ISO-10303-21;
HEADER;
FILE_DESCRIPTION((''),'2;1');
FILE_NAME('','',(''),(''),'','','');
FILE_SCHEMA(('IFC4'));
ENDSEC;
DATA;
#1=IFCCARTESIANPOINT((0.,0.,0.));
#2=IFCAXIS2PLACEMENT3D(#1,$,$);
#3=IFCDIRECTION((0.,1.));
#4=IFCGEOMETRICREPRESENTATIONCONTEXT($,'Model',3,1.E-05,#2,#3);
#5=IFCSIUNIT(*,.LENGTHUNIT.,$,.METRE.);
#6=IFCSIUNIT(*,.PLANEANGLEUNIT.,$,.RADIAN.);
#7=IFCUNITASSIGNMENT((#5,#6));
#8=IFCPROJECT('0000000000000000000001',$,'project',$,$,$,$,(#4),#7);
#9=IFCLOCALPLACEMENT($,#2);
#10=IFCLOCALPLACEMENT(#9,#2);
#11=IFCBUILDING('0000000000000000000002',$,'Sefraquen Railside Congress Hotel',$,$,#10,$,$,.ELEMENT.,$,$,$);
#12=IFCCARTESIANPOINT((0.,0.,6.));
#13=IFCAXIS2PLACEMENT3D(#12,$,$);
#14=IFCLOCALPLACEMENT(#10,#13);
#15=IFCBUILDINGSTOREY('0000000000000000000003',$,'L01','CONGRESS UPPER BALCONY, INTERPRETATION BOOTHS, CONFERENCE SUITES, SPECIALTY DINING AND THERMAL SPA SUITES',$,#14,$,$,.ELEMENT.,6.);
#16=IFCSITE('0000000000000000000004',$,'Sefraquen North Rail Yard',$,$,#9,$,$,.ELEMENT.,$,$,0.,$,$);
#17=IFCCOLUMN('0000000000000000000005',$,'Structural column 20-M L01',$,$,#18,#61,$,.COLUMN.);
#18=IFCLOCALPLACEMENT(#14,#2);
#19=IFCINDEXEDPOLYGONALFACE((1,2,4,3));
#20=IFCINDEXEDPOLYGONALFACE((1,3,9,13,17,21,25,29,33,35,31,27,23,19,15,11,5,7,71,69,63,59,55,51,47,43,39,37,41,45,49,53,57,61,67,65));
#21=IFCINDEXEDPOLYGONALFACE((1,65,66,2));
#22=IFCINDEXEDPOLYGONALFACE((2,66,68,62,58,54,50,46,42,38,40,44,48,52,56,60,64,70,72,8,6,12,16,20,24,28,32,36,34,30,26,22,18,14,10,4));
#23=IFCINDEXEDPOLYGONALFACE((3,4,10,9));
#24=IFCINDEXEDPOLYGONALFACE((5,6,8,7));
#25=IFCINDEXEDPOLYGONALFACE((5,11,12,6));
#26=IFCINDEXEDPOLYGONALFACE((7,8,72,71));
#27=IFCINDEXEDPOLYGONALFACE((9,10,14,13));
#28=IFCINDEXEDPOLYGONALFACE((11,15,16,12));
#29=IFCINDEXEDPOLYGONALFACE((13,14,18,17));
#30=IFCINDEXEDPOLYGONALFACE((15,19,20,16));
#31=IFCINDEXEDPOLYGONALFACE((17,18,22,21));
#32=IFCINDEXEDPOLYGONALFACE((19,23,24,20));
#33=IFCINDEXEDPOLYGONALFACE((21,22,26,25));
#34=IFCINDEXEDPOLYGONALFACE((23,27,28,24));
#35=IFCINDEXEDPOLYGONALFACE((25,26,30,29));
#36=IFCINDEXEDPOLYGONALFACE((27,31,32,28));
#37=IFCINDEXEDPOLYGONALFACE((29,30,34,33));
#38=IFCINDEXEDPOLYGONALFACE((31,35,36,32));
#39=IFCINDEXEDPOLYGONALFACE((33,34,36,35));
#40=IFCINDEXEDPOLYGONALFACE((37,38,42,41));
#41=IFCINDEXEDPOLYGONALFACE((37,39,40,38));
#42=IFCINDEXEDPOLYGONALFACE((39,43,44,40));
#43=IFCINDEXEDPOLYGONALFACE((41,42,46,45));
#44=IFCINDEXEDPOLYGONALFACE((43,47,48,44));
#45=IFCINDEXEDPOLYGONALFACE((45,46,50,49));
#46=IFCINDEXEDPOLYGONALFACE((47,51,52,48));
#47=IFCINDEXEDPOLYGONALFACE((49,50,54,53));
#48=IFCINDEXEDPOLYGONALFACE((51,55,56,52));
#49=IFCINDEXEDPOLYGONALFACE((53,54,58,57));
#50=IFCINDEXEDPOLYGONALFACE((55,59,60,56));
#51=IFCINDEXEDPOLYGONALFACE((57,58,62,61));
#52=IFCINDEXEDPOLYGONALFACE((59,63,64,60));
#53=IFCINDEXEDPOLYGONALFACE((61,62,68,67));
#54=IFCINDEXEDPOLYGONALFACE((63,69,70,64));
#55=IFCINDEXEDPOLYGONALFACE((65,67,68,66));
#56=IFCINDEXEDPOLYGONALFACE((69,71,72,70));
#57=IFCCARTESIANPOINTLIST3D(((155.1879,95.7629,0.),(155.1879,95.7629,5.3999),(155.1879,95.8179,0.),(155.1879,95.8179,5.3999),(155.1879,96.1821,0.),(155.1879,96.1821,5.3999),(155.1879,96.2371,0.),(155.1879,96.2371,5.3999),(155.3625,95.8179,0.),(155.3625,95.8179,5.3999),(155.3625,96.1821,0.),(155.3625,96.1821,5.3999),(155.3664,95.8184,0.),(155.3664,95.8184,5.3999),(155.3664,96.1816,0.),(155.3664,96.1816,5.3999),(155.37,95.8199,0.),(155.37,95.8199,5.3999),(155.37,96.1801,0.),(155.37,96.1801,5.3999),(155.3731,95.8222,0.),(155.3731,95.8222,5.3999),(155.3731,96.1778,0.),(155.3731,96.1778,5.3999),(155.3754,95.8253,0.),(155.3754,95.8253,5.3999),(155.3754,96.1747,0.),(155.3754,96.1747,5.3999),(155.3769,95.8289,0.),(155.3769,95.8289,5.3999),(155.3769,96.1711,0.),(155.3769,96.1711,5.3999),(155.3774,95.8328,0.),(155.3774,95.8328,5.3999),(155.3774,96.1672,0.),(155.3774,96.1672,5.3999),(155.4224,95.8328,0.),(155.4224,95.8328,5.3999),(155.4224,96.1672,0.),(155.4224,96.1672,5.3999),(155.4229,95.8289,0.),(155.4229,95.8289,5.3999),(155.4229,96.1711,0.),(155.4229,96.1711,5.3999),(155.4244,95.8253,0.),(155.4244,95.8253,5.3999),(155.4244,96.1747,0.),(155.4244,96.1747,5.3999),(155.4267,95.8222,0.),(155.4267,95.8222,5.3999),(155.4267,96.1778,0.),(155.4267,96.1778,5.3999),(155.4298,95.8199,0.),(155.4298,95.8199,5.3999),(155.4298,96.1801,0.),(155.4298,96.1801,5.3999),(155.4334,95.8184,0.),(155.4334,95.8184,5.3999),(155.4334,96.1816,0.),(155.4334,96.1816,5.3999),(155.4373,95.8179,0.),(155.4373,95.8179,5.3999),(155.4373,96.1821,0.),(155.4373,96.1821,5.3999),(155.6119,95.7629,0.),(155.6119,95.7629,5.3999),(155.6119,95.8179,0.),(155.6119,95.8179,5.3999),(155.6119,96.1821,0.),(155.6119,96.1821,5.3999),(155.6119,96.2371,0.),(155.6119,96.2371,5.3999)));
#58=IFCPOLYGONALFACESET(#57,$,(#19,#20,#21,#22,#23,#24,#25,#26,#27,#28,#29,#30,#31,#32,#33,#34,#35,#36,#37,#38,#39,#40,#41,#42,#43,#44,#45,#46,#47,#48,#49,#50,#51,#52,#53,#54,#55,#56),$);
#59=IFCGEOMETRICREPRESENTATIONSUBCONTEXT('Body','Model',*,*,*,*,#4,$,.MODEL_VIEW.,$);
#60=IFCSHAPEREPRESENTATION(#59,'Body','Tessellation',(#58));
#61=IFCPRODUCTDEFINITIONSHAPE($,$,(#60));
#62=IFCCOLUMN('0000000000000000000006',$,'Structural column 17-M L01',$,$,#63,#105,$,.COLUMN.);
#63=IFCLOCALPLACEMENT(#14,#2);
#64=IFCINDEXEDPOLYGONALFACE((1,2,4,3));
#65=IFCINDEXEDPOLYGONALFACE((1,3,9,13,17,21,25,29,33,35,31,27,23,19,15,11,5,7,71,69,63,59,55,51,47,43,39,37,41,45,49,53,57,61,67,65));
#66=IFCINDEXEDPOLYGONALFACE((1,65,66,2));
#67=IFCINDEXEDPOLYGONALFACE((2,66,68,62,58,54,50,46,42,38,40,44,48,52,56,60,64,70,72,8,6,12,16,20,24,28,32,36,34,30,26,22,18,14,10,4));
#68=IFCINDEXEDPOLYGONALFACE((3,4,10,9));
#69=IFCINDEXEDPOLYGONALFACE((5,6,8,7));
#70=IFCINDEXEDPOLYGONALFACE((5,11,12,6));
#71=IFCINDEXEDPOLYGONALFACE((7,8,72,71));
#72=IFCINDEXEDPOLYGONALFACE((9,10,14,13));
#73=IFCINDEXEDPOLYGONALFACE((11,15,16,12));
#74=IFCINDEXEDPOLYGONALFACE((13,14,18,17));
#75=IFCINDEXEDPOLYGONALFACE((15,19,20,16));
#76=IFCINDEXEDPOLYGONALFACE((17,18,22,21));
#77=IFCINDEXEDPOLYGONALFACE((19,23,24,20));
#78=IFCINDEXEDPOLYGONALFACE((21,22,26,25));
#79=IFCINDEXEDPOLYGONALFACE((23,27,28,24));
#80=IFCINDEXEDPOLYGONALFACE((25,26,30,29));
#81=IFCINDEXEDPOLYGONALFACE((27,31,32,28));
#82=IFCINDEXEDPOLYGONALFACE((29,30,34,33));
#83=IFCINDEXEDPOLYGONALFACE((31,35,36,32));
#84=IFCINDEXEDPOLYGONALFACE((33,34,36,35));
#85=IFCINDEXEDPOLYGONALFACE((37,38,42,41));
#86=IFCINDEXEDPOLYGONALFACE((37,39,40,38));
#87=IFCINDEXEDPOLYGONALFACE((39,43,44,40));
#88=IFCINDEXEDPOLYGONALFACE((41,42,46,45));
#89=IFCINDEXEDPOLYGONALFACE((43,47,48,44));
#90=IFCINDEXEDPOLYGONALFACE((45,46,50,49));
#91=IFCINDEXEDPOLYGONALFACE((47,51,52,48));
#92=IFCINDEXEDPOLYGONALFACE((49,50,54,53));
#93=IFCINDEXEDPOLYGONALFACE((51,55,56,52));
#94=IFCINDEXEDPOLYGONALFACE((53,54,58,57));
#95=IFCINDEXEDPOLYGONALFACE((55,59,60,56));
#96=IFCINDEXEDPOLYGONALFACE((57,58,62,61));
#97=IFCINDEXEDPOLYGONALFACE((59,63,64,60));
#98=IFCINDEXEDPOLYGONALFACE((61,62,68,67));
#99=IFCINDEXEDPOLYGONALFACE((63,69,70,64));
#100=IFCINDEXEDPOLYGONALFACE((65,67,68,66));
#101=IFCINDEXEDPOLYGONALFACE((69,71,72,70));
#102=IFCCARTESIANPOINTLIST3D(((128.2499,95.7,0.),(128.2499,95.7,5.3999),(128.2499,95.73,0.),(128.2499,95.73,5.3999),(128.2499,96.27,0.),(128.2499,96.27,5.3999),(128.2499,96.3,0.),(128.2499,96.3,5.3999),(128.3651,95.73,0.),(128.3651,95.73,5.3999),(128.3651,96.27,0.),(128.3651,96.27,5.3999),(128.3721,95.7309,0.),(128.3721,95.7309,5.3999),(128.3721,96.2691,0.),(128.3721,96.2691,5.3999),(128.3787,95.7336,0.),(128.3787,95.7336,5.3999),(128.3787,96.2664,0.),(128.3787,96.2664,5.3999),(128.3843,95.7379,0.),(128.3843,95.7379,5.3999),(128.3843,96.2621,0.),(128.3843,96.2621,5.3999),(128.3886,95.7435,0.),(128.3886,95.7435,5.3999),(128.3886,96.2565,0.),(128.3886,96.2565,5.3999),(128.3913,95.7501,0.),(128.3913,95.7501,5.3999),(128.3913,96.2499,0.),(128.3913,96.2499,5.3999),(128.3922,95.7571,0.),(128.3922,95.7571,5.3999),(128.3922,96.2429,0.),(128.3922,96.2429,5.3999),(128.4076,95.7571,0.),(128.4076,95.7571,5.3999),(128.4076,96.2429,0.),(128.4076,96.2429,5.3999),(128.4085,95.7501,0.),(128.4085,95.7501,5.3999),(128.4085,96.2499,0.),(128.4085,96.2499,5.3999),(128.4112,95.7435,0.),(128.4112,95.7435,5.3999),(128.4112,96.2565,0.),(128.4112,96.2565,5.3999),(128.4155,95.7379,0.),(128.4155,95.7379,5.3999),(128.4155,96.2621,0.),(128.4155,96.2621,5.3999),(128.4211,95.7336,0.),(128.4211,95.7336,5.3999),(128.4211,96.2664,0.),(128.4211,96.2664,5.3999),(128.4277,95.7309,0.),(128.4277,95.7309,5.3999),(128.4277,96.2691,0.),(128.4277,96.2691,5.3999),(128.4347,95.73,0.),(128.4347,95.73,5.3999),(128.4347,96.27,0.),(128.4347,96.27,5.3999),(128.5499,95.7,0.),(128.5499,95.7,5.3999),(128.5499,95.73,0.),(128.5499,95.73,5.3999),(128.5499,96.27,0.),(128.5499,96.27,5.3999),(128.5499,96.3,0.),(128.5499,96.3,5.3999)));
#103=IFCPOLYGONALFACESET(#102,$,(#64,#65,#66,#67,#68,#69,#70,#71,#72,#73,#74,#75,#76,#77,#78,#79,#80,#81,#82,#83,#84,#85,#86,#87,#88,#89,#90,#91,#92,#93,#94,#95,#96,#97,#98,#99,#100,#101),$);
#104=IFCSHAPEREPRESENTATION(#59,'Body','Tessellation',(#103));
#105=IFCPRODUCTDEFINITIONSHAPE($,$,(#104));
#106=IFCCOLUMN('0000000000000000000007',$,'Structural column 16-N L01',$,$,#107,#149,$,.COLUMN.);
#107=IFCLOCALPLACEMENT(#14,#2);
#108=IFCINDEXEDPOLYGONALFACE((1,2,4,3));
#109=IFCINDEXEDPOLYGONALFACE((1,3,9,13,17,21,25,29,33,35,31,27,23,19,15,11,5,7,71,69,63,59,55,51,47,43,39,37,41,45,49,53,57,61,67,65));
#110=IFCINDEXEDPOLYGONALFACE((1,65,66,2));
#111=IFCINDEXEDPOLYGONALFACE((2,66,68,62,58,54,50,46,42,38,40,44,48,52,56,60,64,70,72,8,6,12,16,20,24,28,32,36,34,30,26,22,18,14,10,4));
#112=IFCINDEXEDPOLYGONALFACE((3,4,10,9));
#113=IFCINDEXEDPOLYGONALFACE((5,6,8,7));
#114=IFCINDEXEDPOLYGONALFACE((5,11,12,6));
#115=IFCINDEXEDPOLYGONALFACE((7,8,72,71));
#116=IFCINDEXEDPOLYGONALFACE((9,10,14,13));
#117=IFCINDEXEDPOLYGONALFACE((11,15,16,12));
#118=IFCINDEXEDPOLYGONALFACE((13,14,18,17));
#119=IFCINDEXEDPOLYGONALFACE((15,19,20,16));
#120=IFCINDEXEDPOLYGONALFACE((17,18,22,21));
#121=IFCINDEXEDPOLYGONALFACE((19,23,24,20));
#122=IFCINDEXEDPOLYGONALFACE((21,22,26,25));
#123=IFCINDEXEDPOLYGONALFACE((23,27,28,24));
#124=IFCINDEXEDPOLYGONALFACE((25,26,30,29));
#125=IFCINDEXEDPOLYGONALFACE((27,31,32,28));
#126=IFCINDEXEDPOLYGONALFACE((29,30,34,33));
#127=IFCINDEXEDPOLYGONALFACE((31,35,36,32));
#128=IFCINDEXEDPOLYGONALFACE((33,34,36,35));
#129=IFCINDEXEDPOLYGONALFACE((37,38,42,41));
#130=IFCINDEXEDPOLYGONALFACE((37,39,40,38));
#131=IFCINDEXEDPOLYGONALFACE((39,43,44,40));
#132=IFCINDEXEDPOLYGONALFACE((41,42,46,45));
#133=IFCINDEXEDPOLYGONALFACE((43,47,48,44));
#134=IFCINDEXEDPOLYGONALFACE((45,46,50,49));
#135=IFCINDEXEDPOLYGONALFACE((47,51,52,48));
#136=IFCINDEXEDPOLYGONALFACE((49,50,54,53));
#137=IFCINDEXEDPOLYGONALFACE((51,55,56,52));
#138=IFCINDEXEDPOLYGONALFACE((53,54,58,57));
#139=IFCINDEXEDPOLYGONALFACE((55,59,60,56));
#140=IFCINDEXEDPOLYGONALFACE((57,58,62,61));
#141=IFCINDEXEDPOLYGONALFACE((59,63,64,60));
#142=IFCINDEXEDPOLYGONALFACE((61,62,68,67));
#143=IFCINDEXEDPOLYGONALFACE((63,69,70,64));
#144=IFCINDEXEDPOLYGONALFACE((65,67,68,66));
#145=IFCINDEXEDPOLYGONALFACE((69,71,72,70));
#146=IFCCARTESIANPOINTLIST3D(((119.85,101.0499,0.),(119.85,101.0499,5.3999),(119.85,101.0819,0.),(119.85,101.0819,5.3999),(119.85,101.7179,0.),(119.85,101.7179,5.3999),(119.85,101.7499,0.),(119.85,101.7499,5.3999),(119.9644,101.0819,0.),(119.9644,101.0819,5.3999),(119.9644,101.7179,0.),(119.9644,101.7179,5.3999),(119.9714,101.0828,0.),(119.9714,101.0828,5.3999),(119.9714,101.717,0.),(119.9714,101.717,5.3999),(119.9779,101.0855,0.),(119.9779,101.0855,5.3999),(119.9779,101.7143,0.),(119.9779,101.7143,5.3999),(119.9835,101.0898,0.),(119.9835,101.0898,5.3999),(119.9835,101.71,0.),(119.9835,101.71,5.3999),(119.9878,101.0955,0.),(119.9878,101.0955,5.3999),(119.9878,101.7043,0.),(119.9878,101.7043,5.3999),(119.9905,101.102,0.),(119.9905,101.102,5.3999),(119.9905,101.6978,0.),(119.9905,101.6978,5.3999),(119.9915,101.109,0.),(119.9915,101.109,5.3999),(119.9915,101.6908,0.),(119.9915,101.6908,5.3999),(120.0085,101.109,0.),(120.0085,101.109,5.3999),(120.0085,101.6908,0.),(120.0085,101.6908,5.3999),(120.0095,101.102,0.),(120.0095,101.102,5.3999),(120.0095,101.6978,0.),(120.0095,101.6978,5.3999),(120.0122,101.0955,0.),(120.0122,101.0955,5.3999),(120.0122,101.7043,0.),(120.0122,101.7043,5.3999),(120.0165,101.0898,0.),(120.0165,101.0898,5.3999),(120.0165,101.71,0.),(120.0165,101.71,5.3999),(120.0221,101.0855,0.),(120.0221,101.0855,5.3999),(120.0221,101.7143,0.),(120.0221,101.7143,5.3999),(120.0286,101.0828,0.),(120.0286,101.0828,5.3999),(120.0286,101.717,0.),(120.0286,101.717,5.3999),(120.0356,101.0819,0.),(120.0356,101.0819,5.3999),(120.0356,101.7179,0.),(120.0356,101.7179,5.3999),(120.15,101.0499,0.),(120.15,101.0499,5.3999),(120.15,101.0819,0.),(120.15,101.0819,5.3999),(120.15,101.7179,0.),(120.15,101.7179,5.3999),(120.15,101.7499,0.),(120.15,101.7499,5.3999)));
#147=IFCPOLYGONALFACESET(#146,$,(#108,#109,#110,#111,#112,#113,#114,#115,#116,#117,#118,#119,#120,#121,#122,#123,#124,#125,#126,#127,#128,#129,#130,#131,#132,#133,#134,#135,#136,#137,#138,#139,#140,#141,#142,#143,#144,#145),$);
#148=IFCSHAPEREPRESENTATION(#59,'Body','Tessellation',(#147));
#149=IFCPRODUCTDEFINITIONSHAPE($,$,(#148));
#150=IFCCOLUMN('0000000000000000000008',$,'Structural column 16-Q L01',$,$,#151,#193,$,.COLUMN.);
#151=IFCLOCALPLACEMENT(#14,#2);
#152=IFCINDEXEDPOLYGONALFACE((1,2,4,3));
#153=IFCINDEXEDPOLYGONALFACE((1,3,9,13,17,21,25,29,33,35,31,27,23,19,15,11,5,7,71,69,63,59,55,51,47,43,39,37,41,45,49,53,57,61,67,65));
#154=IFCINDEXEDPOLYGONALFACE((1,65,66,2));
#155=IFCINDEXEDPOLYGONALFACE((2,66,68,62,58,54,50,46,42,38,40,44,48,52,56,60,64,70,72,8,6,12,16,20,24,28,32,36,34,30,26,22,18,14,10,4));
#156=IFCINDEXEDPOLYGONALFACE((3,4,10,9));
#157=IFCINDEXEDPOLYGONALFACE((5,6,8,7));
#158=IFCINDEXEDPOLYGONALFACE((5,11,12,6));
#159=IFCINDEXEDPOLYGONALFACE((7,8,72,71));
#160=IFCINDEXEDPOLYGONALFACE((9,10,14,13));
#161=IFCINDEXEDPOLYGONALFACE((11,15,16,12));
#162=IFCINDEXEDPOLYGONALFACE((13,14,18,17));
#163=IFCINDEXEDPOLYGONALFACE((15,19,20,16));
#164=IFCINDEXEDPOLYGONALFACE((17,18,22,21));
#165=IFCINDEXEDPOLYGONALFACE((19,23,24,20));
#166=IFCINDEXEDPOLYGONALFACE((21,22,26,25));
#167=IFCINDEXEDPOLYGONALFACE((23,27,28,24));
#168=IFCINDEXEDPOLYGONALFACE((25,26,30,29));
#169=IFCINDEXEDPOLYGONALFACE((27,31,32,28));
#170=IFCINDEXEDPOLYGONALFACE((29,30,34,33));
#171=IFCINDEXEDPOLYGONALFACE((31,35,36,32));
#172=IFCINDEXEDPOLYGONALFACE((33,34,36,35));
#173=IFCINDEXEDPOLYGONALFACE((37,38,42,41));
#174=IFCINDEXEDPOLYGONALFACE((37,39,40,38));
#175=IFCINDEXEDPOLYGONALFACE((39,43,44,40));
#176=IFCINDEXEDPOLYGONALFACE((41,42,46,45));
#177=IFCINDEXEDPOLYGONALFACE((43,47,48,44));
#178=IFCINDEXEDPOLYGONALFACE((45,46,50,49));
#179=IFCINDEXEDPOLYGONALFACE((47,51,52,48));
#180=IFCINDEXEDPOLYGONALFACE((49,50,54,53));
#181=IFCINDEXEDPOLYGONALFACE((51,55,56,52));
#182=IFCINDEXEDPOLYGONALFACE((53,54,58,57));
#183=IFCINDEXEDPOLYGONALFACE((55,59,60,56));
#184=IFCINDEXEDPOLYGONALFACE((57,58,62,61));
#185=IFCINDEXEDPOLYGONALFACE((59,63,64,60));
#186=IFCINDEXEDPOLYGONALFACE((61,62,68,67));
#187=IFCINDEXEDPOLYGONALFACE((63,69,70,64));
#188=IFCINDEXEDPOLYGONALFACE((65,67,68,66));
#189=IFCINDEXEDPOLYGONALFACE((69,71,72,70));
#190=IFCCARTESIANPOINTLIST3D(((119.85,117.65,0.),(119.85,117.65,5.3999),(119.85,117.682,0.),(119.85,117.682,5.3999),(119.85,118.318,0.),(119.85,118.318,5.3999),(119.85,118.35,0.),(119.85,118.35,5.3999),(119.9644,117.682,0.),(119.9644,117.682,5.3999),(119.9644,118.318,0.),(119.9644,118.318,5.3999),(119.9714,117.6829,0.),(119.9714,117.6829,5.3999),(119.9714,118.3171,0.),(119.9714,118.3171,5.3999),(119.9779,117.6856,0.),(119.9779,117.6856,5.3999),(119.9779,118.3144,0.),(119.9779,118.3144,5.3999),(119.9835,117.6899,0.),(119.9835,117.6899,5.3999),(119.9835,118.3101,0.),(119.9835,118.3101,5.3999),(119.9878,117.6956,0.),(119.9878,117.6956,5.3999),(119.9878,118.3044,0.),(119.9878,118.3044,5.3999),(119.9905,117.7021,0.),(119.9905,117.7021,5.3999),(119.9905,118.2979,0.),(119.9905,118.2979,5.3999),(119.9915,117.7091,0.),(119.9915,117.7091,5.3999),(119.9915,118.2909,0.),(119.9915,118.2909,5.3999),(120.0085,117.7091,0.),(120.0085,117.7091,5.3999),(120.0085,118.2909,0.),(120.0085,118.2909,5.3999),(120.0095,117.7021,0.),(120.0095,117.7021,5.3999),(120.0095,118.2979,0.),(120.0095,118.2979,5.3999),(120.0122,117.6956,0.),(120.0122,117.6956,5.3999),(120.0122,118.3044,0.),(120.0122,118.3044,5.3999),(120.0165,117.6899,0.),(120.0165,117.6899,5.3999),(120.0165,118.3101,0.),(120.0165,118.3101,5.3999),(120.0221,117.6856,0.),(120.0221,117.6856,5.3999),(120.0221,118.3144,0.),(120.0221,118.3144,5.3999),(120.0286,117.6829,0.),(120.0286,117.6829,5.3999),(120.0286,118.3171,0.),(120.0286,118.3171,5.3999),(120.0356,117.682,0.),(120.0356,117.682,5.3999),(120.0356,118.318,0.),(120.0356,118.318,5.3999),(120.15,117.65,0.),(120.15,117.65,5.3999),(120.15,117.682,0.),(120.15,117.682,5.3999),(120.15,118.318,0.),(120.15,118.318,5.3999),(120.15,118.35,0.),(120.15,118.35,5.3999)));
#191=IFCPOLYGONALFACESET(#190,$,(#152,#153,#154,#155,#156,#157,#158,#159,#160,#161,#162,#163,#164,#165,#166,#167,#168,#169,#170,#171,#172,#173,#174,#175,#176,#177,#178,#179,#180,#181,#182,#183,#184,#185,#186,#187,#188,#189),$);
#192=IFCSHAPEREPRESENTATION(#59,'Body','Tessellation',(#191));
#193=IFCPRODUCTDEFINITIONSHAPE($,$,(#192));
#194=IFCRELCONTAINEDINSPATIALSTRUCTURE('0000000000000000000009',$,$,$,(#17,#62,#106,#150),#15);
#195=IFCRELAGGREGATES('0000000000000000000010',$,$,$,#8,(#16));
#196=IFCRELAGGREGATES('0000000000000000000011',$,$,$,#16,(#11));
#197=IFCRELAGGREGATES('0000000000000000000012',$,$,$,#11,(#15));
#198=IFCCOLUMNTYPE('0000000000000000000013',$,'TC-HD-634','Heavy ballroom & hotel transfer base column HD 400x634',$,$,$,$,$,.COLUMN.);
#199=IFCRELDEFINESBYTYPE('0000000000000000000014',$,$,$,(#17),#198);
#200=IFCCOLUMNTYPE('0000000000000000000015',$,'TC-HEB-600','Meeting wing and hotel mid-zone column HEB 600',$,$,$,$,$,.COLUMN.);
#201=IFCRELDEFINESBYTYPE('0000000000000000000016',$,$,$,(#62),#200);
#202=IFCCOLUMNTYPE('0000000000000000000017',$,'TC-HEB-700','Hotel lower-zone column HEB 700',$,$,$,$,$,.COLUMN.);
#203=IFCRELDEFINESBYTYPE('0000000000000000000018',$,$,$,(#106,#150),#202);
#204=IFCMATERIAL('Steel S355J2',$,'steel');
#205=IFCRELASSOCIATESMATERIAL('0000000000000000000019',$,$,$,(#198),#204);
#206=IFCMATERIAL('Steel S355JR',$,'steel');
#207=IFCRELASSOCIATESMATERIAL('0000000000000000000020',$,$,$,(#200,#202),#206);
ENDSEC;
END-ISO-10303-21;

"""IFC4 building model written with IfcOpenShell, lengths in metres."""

from ifc_helpers import new_model, si_unit, direction, frame, origin, origin_2d, place, context, subcontext, project, spatial, i_section, extrude, material, material_profile, profile_set, type_object, element, save


model = new_model("IFC4")

# Units and contexts
model_context = context("Model", 3, precision=1e-05, world=origin(), true_north=direction((0.0, 1.0)))
body_context = subcontext(model_context, "Body", "Model", "MODEL_VIEW")
ifc_project = project(units=[si_unit("LENGTHUNIT", "METRE"), si_unit("PLANEANGLEUNIT", "RADIAN")], contexts=[model_context])

# Site, building, storey
site_placement = place(None, origin())
site = spatial("IfcSite", under=ifc_project, at=site_placement, Name="Sefraquen North Rail Yard", CompositionType="ELEMENT", RefElevation=0.0)
building_placement = place(site_placement, origin())
building = spatial("IfcBuilding", under=site, at=building_placement, Name="Sefraquen Railside Congress Hotel", CompositionType="ELEMENT")
storey_placement = place(building_placement, frame((0.0, 0.0, 6.0)))
storey = spatial("IfcBuildingStorey", under=building, at=storey_placement, Name="L01", Description="CONGRESS UPPER BALCONY, INTERPRETATION BOOTHS, CONFERENCE SUITES, SPECIALTY DINING AND THERMAL SPA SUITES", CompositionType="ELEMENT", Elevation=6.0)

# Columns
ifc_material_1 = material(Name="Steel S355J2", Category="steel")
ifc_material_profile_1 = material_profile(ifc_material_1, i_section(OverallWidth=0.4241, OverallDepth=0.4741, WebThickness=0.0449, FlangeThickness=0.0549, FilletRadius=0.0149, at=origin_2d()), Name="HD 400x634")
ifc_profile_set_1 = profile_set([ifc_material_profile_1], Name="Steel S355J2")
column_type_1 = type_object("IfcColumnType", Name="TC-HD-634", Description="Heavy ballroom & hotel transfer base column HD 400x634", PredefinedType="COLUMN", material=ifc_profile_set_1)
for number, where, z_axis, x_axis, name in (
    (1, (155.3999, 96.0, 0.0), (0.0, 0.0, 1.0), (1.0, 0.0, 0.0), "Structural column 20-M L01"),
):
    element("IfcColumn", number, at=place(storey_placement, frame(where, z_axis=z_axis, x_axis=x_axis)), inside=storey, type_object=column_type_1, Name=name, PredefinedType="COLUMN", context=body_context, shape_type="SweptSolid", body=[
        extrude(i_section(OverallWidth=0.4241, OverallDepth=0.4741, WebThickness=0.0449, FlangeThickness=0.0549, FilletRadius=0.0149, at=origin_2d()), origin(), (0.0, 0.0, 1.0), 5.3999),
    ])
ifc_material_2 = material(Name="Steel S355JR", Category="steel")
ifc_material_profile_2 = material_profile(ifc_material_2, i_section(OverallWidth=0.3, OverallDepth=0.6001, WebThickness=0.0154, FlangeThickness=0.03, FilletRadius=0.0271, at=origin_2d()), Name="HEB 600")
ifc_profile_set_2 = profile_set([ifc_material_profile_2], Name="Steel S355JR")
column_type_2 = type_object("IfcColumnType", Name="TC-HEB-600", Description="Meeting wing and hotel mid-zone column HEB 600", PredefinedType="COLUMN", material=ifc_profile_set_2)
column_placement = place(storey_placement, frame((128.3999, 96.0, 0.0), z_axis=(0.0, 0.0, 1.0), x_axis=(1.0, 0.0, 0.0)))
element("IfcColumn", 2, at=column_placement, inside=storey, type_object=column_type_2, Name="Structural column 17-M L01", PredefinedType="COLUMN", context=body_context, shape_type="SweptSolid", body=[
    extrude(i_section(OverallWidth=0.3, OverallDepth=0.6001, WebThickness=0.0154, FlangeThickness=0.03, FilletRadius=0.0271, at=origin_2d()), origin(), (0.0, 0.0, 1.0), 5.3999),
])
ifc_material_profile_3 = material_profile(ifc_material_2, i_section(OverallWidth=0.3, OverallDepth=0.7, WebThickness=0.0171, FlangeThickness=0.032, FilletRadius=0.0271, at=origin_2d()), Name="HEB 700")
ifc_profile_set_3 = profile_set([ifc_material_profile_3], Name="Steel S355JR")
column_type_3 = type_object("IfcColumnType", Name="TC-HEB-700", Description="Hotel lower-zone column HEB 700", PredefinedType="COLUMN", material=ifc_profile_set_3)
for number, where, z_axis, x_axis, name in (
    (3, (120.0, 101.3999, 0.0), (0.0, 0.0, 1.0), (1.0, 0.0, 0.0), "Structural column 16-N L01"),
    (4, (120.0, 118.0, 0.0), (0.0, 0.0, 1.0), (1.0, 0.0, 0.0), "Structural column 16-Q L01"),
):
    element("IfcColumn", number, at=place(storey_placement, frame(where, z_axis=z_axis, x_axis=x_axis)), inside=storey, type_object=column_type_3, Name=name, PredefinedType="COLUMN", context=body_context, shape_type="SweptSolid", body=[
        extrude(i_section(OverallWidth=0.3, OverallDepth=0.7, WebThickness=0.0171, FlangeThickness=0.032, FilletRadius=0.0271, at=origin_2d()), origin(), (0.0, 0.0, 1.0), 5.3999),
    ])

save(model, "model.ifc")
